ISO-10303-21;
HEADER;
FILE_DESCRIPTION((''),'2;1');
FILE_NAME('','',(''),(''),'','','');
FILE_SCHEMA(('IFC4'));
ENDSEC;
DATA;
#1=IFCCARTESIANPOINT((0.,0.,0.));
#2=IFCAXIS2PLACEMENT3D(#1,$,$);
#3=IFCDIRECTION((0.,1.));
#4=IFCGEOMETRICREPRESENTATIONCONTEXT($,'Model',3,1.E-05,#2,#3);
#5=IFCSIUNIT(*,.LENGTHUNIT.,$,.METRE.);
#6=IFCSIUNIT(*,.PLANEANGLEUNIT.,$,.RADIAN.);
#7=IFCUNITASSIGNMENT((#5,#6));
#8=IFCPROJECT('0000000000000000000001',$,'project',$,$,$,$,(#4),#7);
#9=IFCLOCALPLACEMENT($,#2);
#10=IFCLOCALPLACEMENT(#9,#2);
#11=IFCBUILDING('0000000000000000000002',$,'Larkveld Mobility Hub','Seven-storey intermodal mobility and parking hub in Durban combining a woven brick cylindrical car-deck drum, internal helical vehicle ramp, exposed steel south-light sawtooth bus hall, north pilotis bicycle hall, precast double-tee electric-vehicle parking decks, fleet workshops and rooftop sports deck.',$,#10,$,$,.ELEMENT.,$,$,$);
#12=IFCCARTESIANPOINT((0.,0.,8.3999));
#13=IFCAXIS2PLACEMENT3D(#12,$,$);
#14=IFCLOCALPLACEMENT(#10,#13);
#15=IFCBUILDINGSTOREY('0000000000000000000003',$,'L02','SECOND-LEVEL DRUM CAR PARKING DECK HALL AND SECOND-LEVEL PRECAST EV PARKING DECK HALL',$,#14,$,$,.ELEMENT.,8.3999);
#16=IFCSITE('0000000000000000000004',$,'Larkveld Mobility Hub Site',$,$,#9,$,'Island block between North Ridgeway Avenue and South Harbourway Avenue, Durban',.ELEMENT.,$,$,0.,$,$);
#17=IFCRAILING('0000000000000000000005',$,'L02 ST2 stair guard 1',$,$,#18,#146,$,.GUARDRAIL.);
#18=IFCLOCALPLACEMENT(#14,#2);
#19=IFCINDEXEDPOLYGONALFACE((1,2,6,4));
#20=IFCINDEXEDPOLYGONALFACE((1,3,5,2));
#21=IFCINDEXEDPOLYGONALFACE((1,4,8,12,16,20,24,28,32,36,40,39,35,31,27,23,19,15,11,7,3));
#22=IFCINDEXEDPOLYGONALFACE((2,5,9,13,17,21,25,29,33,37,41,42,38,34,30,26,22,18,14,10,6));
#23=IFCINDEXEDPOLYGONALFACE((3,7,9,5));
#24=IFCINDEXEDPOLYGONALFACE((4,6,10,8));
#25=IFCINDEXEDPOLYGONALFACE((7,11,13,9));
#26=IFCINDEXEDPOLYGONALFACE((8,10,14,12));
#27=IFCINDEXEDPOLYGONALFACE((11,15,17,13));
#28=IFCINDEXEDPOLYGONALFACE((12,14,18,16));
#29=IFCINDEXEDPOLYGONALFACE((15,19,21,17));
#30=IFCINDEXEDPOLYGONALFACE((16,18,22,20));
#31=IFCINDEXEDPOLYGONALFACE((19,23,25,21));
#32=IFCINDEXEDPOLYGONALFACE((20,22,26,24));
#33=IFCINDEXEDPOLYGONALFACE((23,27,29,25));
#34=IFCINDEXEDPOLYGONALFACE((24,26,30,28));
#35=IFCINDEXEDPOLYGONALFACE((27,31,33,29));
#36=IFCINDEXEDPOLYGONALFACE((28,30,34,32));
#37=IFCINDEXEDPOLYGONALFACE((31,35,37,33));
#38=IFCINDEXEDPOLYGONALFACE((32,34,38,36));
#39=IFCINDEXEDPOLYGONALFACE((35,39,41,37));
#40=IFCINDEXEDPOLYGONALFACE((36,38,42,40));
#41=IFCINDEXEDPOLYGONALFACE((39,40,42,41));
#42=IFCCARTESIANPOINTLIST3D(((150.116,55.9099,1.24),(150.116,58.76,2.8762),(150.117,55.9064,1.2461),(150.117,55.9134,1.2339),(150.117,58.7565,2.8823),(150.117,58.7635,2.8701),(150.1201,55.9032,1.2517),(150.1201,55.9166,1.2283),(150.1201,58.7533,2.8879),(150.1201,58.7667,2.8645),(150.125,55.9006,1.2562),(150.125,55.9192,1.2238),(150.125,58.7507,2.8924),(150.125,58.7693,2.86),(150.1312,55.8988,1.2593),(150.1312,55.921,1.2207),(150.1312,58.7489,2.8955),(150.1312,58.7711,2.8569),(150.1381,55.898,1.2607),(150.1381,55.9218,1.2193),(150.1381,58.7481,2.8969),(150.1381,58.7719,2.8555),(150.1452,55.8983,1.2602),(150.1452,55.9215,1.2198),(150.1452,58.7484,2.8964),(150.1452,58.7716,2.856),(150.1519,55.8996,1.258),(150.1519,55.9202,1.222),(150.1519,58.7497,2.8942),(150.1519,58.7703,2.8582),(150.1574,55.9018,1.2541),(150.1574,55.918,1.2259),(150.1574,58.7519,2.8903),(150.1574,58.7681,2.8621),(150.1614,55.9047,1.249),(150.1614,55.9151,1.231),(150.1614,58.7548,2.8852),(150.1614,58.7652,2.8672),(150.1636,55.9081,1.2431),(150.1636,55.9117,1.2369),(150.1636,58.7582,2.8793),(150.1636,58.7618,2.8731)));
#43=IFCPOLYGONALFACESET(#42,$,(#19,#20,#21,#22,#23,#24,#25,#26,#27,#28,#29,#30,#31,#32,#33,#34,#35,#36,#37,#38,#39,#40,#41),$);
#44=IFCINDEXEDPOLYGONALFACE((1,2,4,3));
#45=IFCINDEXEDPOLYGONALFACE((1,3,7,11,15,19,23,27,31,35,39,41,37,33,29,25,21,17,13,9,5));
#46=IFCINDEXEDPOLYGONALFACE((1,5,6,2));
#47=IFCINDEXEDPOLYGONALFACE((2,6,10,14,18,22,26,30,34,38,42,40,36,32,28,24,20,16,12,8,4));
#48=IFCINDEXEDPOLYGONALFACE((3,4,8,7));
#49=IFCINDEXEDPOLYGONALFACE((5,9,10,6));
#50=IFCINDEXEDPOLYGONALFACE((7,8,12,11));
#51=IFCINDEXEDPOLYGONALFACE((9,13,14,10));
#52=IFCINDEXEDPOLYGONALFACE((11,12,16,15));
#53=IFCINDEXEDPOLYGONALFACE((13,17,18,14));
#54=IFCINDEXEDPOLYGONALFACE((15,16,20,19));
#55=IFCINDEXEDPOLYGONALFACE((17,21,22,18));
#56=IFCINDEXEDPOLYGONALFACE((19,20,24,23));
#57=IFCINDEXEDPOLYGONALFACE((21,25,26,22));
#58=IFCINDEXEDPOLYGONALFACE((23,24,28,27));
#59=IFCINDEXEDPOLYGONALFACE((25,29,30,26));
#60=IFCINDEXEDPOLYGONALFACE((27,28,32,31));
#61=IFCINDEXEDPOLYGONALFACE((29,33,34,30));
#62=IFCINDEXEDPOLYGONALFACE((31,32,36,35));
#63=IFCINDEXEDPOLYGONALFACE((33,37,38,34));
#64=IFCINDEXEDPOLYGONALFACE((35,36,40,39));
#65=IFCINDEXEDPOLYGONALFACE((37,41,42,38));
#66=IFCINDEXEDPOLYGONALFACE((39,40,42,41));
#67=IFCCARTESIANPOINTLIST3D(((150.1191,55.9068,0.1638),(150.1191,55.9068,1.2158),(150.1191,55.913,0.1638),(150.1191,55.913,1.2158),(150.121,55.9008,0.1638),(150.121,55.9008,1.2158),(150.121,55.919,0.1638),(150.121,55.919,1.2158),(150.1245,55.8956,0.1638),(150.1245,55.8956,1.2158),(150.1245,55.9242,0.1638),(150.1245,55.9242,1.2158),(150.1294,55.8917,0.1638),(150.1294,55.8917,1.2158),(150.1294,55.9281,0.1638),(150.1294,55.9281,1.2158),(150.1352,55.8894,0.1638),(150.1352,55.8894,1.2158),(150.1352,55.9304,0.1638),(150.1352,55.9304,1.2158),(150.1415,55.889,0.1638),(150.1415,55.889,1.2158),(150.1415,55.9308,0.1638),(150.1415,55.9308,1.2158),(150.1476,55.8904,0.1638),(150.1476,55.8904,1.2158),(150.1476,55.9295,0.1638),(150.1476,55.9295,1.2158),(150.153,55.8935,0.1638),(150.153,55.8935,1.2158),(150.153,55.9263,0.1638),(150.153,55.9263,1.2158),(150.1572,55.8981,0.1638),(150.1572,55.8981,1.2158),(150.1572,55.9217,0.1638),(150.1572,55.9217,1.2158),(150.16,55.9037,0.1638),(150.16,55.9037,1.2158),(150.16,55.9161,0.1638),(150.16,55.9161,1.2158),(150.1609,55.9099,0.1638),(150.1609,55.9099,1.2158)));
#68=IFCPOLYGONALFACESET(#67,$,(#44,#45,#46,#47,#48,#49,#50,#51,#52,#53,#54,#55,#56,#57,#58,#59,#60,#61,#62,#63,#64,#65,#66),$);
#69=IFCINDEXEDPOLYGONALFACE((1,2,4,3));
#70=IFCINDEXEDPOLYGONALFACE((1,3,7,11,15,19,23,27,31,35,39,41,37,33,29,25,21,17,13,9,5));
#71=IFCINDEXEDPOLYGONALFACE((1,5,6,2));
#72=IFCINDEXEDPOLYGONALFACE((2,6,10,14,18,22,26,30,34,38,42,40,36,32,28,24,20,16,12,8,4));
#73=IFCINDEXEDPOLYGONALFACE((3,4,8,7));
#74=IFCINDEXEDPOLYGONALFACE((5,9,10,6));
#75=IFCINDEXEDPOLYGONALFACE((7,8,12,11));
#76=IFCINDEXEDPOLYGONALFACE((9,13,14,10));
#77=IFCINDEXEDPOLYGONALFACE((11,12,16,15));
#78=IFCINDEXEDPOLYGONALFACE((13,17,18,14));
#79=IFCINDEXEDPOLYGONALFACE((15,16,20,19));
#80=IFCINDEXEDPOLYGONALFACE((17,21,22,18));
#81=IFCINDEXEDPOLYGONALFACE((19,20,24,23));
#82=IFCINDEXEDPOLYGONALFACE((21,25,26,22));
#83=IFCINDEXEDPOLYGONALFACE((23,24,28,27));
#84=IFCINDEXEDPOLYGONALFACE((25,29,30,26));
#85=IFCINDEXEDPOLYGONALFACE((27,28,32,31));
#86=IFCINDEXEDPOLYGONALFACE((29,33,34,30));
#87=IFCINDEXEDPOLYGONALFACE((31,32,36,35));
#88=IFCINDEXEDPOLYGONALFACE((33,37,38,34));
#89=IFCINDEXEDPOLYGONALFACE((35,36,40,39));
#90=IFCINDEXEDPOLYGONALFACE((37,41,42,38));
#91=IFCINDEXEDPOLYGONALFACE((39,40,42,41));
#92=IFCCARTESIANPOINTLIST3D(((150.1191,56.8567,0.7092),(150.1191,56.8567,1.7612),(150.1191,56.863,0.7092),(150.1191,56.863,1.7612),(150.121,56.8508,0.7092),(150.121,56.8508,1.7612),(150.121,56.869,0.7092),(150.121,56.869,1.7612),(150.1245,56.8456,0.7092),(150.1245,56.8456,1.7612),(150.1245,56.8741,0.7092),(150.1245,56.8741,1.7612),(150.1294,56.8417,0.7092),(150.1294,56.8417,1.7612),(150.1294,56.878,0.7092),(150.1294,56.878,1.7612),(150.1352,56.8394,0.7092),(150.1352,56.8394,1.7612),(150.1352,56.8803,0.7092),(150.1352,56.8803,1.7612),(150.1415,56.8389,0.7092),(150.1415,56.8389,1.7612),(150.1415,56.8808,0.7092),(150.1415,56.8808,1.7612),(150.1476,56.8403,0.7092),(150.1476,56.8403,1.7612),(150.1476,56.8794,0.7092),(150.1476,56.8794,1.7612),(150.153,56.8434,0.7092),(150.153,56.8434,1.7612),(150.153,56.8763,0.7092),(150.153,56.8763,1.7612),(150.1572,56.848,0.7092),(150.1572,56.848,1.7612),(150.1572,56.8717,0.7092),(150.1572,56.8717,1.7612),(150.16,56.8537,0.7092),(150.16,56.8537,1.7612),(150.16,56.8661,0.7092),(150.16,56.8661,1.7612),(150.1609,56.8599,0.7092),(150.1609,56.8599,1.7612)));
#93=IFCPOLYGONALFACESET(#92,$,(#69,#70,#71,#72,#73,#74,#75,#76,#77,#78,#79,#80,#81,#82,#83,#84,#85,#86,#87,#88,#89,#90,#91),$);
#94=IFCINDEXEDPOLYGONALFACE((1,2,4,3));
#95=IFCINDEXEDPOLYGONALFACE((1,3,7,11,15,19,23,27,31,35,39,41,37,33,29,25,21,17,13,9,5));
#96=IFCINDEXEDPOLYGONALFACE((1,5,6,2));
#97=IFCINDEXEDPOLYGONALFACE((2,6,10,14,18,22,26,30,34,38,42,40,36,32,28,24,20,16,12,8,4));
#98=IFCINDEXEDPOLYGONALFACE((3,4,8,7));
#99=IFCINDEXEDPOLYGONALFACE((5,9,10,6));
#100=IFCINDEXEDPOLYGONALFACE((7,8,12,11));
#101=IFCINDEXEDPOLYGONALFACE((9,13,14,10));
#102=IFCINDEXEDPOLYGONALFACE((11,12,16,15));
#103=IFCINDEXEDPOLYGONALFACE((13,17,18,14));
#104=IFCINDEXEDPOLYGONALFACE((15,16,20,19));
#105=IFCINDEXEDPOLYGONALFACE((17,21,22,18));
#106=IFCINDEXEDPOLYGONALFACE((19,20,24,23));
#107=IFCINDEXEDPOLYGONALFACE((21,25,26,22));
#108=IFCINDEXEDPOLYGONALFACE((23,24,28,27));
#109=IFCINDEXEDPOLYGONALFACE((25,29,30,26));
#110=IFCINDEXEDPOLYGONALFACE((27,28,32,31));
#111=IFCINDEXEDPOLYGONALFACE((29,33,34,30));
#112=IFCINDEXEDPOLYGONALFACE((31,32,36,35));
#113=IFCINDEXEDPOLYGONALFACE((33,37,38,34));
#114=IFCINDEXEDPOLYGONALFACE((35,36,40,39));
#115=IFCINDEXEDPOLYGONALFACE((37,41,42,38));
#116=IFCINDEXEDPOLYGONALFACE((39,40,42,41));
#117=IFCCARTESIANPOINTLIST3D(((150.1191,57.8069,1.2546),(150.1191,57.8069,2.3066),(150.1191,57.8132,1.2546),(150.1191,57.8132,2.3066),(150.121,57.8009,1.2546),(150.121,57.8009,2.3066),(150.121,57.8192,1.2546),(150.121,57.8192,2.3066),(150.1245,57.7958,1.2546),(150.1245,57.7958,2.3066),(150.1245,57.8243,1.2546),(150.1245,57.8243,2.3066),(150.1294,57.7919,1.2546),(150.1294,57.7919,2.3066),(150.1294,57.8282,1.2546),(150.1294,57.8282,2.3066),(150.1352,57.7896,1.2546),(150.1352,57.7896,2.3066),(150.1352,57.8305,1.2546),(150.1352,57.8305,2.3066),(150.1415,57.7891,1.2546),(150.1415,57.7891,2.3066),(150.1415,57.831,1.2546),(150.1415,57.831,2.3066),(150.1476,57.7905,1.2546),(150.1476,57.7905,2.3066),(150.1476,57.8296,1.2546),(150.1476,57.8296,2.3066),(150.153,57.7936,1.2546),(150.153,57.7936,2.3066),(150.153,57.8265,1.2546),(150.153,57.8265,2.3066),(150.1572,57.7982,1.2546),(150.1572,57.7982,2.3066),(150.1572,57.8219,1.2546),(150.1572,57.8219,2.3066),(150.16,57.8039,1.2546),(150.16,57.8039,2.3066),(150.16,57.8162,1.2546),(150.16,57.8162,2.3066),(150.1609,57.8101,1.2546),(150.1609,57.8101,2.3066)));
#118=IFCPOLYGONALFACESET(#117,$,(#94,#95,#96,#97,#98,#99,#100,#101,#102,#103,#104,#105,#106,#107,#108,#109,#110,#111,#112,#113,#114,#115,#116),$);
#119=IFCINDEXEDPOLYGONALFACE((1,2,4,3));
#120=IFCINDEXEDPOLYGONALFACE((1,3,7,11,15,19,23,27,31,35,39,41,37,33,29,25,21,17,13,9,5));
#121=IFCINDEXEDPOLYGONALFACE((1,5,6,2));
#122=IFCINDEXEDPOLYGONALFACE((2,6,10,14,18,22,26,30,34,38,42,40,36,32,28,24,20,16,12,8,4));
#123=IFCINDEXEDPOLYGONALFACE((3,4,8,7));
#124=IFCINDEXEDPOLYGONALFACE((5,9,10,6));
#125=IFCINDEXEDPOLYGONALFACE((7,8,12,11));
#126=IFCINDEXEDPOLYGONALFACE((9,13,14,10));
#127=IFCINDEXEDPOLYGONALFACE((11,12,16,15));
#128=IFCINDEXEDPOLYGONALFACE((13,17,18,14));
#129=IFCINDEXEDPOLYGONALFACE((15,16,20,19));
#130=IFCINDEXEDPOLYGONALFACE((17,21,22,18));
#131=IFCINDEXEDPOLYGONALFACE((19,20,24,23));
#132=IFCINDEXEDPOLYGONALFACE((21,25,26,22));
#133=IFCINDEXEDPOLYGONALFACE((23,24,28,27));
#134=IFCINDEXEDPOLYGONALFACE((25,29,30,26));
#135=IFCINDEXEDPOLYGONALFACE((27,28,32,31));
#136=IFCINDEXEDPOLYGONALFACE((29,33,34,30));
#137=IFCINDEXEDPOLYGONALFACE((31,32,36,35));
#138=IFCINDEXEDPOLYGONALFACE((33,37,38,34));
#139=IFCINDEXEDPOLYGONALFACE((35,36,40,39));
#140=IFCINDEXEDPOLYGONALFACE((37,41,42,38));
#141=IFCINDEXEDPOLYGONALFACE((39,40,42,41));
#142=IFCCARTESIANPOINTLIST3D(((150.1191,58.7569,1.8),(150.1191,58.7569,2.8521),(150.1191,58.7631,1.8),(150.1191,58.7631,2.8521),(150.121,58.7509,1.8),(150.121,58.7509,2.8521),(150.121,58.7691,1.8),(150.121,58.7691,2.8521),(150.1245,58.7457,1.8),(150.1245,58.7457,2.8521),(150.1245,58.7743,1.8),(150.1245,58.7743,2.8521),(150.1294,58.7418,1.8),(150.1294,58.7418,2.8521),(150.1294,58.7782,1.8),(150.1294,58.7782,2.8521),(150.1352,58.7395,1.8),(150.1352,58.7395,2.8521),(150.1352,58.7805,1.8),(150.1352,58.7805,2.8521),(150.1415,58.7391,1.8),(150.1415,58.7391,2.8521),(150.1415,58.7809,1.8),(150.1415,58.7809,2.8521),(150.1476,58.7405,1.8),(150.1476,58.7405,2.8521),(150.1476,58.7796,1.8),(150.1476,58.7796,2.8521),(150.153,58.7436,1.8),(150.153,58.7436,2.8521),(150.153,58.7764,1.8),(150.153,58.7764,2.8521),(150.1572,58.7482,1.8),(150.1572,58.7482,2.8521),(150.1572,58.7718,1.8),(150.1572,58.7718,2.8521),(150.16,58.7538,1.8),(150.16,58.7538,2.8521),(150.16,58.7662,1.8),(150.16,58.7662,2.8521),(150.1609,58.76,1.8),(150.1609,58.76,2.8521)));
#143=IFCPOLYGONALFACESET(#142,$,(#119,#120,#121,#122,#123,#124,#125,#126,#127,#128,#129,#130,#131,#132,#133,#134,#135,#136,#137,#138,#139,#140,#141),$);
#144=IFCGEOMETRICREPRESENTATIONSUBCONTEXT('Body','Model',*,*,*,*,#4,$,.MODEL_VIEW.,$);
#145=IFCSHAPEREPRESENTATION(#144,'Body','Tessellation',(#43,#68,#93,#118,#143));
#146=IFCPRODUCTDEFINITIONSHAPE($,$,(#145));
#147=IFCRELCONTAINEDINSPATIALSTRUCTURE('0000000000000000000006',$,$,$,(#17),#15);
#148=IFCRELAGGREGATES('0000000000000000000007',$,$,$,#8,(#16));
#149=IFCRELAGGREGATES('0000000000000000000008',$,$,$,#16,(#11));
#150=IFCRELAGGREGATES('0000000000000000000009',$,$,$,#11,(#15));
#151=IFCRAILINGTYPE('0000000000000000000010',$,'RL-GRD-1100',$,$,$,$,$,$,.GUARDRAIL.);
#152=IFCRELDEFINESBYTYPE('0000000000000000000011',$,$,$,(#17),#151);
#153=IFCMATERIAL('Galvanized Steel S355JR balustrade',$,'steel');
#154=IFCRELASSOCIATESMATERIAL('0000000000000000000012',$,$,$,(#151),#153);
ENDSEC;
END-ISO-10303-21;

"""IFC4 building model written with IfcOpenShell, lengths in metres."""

from ifc_helpers import new_model, si_unit, direction, frame, origin, origin_2d, place, context, subcontext, project, spatial, circle, extrude, material, type_object, element, save


model = new_model("IFC4")

# Units and contexts
model_context = context("Model", 3, precision=1e-05, world=origin(), true_north=direction((0.0, 1.0)))
body_context = subcontext(model_context, "Body", "Model", "MODEL_VIEW")
ifc_project = project(units=[si_unit("LENGTHUNIT", "METRE"), si_unit("PLANEANGLEUNIT", "RADIAN")], contexts=[model_context])

# Site, building, storey
site_placement = place(None, origin())
site = spatial("IfcSite", under=ifc_project, at=site_placement, Name="Larkveld Mobility Hub Site", LongName="Island block between North Ridgeway Avenue and South Harbourway Avenue, Durban", CompositionType="ELEMENT", RefElevation=0.0)
building_placement = place(site_placement, origin())
building = spatial("IfcBuilding", under=site, at=building_placement, Name="Larkveld Mobility Hub", Description="Seven-storey intermodal mobility and parking hub in Durban combining a woven brick cylindrical car-deck drum, internal helical vehicle ramp, exposed steel south-light sawtooth bus hall, north pilotis bicycle hall, precast double-tee electric-vehicle parking decks, fleet workshops and rooftop sports deck.", CompositionType="ELEMENT")
storey_placement = place(building_placement, frame((0.0, 0.0, 8.3999)))
storey = spatial("IfcBuildingStorey", under=building, at=storey_placement, Name="L02", Description="SECOND-LEVEL DRUM CAR PARKING DECK HALL AND SECOND-LEVEL PRECAST EV PARKING DECK HALL", CompositionType="ELEMENT", Elevation=8.3999)

# Railing
ifc_material_1 = material(Name="Galvanized Steel S355JR balustrade", Category="steel")
railing_type_1 = type_object("IfcRailingType", Name="RL-GRD-1100", PredefinedType="GUARDRAIL", material=ifc_material_1)
railing_1_placement = place(storey_placement, frame((150.1399, 55.9099, 0.1638)))
element("IfcRailing", 1, at=railing_1_placement, inside=storey, type_object=railing_type_1, Name="L02 ST2 stair guard 1", PredefinedType="GUARDRAIL", context=body_context, shape_type="SweptSolid", body=[
    extrude(circle(Radius=0.0239, at=origin_2d()), frame((0.0, 0.0, 1.0762), z_axis=(0.0, 0.867245, 0.497882), x_axis=(-1.0, 0.0, 0.0)), (0.0, 0.0, 1.0), 3.2864),
    extrude(circle(Radius=0.021, at=origin_2d()), origin(), (0.0, 0.0, 1.0), 1.052),
    extrude(circle(Radius=0.021, at=origin_2d()), frame((0.0, 0.95, 0.5454)), (0.0, 0.0, 1.0), 1.052),
    extrude(circle(Radius=0.021, at=origin_2d()), frame((0.0, 1.9001, 1.0908)), (0.0, 0.0, 1.0), 1.052),
    extrude(circle(Radius=0.021, at=origin_2d()), frame((0.0, 2.8501, 1.6362)), (0.0, 0.0, 1.0), 1.052),
])

save(model, "model.ifc")
